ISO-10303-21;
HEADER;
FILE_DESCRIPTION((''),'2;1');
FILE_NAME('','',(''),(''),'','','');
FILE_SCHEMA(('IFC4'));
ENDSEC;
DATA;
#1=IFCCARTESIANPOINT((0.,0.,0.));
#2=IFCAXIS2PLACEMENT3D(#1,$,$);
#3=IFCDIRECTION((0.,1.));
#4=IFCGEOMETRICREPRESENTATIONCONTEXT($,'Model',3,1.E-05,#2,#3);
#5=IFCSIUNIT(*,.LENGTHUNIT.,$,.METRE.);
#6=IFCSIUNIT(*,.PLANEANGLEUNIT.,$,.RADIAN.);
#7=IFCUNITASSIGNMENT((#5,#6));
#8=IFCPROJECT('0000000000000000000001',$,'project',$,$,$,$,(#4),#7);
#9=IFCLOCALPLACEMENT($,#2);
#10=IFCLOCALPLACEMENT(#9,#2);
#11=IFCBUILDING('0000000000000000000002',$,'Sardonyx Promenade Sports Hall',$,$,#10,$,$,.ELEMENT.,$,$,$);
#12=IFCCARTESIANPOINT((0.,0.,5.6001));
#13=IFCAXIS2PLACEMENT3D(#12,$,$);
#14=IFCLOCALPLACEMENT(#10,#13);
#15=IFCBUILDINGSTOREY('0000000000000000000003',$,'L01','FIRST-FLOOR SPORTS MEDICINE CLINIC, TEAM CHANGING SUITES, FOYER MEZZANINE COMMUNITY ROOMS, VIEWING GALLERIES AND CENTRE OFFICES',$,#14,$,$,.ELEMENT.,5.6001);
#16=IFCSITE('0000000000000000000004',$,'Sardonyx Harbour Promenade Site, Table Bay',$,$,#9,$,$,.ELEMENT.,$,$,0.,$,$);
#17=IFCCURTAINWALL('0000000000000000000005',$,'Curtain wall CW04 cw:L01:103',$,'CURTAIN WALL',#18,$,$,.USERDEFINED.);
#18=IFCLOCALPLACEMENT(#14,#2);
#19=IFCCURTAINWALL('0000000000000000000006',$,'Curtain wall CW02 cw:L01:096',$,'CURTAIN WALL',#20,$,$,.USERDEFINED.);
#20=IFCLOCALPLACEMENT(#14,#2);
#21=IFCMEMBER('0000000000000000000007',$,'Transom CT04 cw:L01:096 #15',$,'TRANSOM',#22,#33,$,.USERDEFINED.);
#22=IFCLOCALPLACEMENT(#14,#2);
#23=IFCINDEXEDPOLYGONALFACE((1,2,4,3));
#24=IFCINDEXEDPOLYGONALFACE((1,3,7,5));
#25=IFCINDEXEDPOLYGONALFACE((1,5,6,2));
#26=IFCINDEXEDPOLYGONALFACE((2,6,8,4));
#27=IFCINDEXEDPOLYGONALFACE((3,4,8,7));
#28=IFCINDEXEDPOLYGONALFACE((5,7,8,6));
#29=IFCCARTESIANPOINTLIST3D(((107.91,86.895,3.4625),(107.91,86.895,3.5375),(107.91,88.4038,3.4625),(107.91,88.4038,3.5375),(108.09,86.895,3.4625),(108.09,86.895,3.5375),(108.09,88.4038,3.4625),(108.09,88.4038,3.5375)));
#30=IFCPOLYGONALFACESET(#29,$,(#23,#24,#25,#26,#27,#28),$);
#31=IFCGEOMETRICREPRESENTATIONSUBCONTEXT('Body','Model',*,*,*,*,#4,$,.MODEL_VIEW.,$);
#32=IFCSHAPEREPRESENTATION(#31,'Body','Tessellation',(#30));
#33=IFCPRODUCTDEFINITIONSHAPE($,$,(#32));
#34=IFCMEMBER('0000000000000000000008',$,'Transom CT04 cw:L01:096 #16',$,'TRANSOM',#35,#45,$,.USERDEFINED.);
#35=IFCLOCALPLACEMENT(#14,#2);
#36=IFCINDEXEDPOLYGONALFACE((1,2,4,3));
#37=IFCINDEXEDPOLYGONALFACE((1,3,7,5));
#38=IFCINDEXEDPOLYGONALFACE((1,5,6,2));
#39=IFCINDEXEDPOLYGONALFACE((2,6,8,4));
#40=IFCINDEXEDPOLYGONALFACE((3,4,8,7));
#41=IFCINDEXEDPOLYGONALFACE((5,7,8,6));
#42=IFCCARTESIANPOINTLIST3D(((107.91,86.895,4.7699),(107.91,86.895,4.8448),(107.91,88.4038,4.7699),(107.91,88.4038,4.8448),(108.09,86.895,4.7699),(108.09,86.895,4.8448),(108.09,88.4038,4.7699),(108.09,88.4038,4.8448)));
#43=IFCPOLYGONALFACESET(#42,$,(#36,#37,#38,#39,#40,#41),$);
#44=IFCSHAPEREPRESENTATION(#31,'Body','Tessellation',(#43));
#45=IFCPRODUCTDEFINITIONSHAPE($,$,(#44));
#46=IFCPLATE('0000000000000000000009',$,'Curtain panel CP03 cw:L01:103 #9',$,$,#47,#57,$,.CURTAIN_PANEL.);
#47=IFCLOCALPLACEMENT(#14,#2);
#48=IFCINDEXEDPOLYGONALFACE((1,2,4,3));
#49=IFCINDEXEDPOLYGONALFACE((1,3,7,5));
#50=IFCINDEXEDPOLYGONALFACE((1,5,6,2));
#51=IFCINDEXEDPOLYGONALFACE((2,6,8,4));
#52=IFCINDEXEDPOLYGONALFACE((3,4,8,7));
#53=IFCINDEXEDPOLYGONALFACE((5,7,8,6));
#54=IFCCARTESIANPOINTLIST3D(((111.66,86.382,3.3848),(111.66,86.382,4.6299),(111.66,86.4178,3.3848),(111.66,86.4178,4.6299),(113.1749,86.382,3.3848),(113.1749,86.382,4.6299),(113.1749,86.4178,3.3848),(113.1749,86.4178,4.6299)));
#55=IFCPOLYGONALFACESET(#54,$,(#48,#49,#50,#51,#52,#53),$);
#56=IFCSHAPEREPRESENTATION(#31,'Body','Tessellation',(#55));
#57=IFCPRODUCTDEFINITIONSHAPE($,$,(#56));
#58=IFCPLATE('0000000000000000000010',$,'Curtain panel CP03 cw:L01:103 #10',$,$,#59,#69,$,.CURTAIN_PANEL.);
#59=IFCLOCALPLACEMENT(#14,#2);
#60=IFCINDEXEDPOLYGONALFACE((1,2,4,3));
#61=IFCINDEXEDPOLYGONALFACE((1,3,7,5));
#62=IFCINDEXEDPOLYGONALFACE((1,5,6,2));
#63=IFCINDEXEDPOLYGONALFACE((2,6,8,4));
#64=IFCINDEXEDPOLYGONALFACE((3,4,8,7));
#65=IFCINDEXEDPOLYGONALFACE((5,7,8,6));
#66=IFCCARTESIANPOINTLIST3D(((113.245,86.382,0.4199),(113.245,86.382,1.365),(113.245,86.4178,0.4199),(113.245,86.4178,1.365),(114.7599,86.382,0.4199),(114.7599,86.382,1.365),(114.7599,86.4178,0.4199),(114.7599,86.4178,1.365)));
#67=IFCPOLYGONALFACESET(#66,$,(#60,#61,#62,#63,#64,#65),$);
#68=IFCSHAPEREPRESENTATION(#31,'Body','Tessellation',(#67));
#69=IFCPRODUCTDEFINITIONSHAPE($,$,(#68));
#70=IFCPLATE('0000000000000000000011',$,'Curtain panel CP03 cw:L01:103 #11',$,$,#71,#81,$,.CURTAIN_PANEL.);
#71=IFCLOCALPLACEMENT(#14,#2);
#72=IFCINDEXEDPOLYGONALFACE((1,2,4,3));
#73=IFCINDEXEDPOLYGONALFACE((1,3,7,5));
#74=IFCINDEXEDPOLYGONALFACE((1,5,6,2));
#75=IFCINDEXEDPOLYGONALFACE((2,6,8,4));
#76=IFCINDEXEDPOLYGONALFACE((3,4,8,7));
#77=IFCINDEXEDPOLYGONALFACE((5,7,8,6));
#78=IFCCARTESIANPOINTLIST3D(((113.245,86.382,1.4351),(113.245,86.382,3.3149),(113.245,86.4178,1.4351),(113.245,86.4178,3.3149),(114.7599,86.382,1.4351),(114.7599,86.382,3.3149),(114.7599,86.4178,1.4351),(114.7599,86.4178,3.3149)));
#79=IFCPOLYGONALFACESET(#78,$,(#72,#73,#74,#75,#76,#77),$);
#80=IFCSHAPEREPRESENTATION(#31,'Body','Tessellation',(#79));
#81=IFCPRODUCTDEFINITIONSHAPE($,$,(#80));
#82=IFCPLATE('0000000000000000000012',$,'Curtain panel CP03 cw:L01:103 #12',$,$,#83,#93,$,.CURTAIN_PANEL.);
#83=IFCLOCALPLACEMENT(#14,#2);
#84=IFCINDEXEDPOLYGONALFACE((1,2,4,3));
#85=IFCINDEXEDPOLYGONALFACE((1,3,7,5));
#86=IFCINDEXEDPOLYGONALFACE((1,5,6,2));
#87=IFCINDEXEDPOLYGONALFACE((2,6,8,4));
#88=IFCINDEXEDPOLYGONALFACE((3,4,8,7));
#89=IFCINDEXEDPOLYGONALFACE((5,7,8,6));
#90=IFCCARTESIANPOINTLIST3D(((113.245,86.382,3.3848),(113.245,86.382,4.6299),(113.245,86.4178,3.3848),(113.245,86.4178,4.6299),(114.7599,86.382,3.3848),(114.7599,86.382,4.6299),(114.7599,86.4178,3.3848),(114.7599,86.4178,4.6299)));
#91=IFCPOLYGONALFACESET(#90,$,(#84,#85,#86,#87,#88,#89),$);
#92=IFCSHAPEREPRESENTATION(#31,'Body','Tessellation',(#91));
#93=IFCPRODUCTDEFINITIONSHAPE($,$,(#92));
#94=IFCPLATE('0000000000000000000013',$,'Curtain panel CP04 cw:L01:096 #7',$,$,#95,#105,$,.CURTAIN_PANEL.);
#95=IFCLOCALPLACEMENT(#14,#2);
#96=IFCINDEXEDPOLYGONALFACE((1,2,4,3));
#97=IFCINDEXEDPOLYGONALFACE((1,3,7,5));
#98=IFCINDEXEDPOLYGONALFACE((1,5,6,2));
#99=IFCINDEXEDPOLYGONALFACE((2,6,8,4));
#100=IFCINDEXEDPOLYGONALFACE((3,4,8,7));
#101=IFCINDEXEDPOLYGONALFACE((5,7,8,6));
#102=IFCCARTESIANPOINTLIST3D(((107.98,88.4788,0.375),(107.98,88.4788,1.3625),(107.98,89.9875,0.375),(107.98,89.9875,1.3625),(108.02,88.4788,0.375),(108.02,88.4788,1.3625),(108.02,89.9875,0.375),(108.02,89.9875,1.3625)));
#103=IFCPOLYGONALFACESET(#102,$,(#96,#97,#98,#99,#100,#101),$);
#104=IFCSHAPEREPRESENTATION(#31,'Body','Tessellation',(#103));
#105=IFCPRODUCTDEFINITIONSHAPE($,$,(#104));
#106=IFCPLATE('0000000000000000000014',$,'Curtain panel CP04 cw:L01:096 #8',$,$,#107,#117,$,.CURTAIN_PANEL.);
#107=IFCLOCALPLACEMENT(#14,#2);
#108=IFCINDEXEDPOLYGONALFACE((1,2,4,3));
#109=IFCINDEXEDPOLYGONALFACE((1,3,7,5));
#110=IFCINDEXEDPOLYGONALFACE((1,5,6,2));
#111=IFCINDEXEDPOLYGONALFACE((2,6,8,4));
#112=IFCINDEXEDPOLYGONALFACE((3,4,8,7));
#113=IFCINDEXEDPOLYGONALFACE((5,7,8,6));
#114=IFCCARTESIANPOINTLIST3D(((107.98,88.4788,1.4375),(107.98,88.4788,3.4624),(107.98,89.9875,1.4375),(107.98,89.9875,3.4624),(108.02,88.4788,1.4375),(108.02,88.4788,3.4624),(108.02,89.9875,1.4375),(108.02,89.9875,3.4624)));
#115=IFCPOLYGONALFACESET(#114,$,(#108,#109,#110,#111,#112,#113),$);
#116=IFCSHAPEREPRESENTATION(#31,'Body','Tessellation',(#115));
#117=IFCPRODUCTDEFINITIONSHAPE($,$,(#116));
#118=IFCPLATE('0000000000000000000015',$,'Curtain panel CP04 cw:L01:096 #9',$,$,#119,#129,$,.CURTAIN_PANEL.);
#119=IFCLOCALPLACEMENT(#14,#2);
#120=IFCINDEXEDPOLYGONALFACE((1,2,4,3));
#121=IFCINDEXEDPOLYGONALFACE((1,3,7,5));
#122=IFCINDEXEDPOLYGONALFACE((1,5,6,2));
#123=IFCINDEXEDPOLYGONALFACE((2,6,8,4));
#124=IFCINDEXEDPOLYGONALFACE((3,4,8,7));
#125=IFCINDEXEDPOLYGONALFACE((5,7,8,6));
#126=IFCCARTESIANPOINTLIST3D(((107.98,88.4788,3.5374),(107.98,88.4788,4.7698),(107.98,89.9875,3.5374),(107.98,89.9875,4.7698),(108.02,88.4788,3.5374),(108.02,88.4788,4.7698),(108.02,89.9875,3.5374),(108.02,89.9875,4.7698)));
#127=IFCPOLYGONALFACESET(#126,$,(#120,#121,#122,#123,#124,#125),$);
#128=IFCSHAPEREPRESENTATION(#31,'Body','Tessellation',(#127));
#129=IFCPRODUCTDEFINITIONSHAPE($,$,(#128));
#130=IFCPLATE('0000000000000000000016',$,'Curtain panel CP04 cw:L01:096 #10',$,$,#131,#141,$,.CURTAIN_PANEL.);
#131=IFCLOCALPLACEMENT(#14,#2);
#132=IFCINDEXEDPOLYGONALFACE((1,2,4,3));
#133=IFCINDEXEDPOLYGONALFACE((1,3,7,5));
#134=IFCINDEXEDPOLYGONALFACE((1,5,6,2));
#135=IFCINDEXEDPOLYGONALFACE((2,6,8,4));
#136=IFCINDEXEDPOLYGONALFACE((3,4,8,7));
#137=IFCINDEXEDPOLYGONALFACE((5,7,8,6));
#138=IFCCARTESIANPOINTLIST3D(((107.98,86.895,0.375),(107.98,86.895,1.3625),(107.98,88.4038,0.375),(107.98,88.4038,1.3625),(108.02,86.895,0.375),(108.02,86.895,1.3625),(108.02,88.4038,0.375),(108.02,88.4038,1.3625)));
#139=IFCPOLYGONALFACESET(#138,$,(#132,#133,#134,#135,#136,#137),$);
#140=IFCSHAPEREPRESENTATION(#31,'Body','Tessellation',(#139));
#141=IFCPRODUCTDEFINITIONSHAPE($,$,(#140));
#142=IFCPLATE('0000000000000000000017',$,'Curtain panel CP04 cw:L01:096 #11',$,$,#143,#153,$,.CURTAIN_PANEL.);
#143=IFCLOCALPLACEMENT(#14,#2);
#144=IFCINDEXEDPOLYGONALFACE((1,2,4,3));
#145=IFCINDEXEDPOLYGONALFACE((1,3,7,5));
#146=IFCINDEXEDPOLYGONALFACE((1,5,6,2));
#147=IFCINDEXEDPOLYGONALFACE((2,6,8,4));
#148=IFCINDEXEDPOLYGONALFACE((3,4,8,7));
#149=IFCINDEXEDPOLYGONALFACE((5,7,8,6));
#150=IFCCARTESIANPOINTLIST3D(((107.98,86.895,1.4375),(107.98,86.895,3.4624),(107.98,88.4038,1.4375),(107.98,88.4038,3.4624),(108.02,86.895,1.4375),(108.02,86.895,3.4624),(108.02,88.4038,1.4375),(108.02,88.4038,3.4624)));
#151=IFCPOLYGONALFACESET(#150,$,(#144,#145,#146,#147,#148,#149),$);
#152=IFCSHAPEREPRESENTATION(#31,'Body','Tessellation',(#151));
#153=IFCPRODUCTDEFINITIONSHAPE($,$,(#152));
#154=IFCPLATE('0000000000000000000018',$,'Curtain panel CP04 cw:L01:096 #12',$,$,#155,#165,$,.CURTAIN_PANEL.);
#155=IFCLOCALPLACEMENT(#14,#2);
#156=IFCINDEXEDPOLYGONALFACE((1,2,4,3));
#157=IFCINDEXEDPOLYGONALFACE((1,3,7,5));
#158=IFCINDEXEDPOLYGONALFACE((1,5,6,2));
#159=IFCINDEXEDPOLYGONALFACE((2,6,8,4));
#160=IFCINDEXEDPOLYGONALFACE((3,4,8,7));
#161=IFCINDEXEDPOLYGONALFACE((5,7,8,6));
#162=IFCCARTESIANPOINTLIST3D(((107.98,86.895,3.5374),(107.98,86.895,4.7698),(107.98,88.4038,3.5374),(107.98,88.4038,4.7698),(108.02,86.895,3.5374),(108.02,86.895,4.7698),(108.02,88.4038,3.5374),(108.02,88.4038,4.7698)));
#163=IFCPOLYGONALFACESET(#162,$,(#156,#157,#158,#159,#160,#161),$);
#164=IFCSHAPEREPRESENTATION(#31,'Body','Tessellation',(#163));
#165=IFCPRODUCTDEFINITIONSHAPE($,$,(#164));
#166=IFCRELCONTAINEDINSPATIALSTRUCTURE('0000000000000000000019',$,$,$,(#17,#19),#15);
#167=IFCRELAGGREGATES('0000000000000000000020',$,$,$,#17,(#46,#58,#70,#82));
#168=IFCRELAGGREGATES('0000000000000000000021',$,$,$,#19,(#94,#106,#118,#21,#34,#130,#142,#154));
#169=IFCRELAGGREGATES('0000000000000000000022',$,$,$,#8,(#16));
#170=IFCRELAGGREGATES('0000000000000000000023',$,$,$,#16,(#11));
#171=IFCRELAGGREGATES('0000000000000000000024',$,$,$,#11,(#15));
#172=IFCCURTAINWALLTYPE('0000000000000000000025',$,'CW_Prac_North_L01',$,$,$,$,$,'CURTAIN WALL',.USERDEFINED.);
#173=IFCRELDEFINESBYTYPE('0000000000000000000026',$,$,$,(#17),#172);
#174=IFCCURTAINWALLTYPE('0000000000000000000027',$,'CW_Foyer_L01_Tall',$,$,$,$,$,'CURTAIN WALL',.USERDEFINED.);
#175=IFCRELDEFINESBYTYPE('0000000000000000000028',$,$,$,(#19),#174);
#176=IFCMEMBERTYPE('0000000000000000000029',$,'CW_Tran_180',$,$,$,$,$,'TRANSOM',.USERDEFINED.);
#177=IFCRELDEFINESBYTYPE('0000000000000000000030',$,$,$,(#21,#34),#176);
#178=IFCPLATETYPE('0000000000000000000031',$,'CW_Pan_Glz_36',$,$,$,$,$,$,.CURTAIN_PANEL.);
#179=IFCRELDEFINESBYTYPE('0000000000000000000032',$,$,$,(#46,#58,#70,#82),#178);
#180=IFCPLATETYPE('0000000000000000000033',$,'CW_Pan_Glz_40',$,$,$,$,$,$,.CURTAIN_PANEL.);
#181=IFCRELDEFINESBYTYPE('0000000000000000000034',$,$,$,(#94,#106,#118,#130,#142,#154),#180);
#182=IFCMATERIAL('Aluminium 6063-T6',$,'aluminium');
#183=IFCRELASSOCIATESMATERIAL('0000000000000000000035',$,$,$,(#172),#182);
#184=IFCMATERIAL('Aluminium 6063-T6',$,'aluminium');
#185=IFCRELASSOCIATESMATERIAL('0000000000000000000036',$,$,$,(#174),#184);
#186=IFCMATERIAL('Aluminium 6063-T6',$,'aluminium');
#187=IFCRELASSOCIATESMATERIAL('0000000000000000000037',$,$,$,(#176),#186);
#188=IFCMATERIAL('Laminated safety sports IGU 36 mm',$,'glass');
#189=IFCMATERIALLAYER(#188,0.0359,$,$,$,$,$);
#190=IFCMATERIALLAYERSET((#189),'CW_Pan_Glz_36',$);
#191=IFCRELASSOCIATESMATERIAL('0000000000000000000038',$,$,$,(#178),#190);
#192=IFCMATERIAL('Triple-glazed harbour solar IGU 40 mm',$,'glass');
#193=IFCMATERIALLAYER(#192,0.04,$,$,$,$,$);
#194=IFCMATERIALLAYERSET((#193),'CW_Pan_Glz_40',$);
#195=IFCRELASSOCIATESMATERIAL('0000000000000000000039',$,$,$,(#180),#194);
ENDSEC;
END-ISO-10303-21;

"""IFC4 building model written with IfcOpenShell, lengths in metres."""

from ifc_helpers import new_model, si_unit, direction, frame, origin, origin_2d, place, context, subcontext, project, spatial, rectangle, extrude, material, layer, layer_set, material_profile, profile_set, type_object, element, aggregate, save


model = new_model("IFC4")

# Units and contexts
model_context = context("Model", 3, precision=1e-05, world=origin(), true_north=direction((0.0, 1.0)))
body_context = subcontext(model_context, "Body", "Model", "MODEL_VIEW")
ifc_project = project(units=[si_unit("LENGTHUNIT", "METRE"), si_unit("PLANEANGLEUNIT", "RADIAN")], contexts=[model_context])

# Site, building, storey
site_placement = place(None, origin())
site = spatial("IfcSite", under=ifc_project, at=site_placement, Name="Sardonyx Harbour Promenade Site, Table Bay", CompositionType="ELEMENT", RefElevation=0.0)
building_placement = place(site_placement, origin())
building = spatial("IfcBuilding", under=site, at=building_placement, Name="Sardonyx Promenade Sports Hall", CompositionType="ELEMENT")
storey_placement = place(building_placement, frame((0.0, 0.0, 5.6001)))
storey = spatial("IfcBuildingStorey", under=building, at=storey_placement, Name="L01", Description="FIRST-FLOOR SPORTS MEDICINE CLINIC, TEAM CHANGING SUITES, FOYER MEZZANINE COMMUNITY ROOMS, VIEWING GALLERIES AND CENTRE OFFICES", CompositionType="ELEMENT", Elevation=5.6001)

# Curtain walls
ifc_material_1 = material(Name="Aluminium 6063-T6", Category="aluminium")
curtain_wall_type_1 = type_object("IfcCurtainWallType", Name="CW_Prac_North_L01", ElementType="CURTAIN WALL", PredefinedType="USERDEFINED", material=ifc_material_1)
curtain_wall_1_placement = place(storey_placement, origin())
curtain_wall_1 = element("IfcCurtainWall", 1, at=curtain_wall_1_placement, inside=storey, type_object=curtain_wall_type_1, Name="Curtain wall CW04 cw:L01:103", ObjectType="CURTAIN WALL", PredefinedType="USERDEFINED")
ifc_material_2 = material(Name="Aluminium 6063-T6", Category="aluminium")
curtain_wall_type_2 = type_object("IfcCurtainWallType", Name="CW_Foyer_L01_Tall", ElementType="CURTAIN WALL", PredefinedType="USERDEFINED", material=ifc_material_2)
curtain_wall_2_placement = place(storey_placement, origin())
curtain_wall_2 = element("IfcCurtainWall", 2, at=curtain_wall_2_placement, inside=storey, type_object=curtain_wall_type_2, Name="Curtain wall CW02 cw:L01:096", ObjectType="CURTAIN WALL", PredefinedType="USERDEFINED")

# Members
ifc_material_3 = material(Name="Aluminium 6063-T6", Category="aluminium")
ifc_material_profile_1 = material_profile(ifc_material_3, rectangle(XDim=0.075, YDim=0.1799, at=origin_2d()))
ifc_profile_set_1 = profile_set([ifc_material_profile_1], Name="Aluminium 6063-T6")
member_type_1 = type_object("IfcMemberType", Name="CW_Tran_180", ElementType="TRANSOM", PredefinedType="USERDEFINED", material=ifc_profile_set_1)
member_1_placement = place(storey_placement, frame((108.0, 88.4038, 3.5), z_axis=(0.0, -1.0, 0.0), x_axis=(0.0, 0.0, 1.0)))
member_1 = element("IfcMember", 3, at=member_1_placement, type_object=member_type_1, Name="Transom CT04 cw:L01:096 #15", ObjectType="TRANSOM", PredefinedType="USERDEFINED", context=body_context, shape_type="SweptSolid", body=[
    extrude(rectangle(XDim=0.075, YDim=0.1799, at=origin_2d()), origin(), (0.0, 0.0, 1.0), 1.5088),
])
member_2_placement = place(storey_placement, frame((108.0, 88.4038, 4.8074), z_axis=(0.0, -1.0, 0.0), x_axis=(0.0, 0.0, 1.0)))
member_2 = element("IfcMember", 4, at=member_2_placement, type_object=member_type_1, Name="Transom CT04 cw:L01:096 #16", ObjectType="TRANSOM", PredefinedType="USERDEFINED", context=body_context, shape_type="SweptSolid", body=[
    extrude(rectangle(XDim=0.075, YDim=0.1799, at=origin_2d()), origin(), (0.0, 0.0, 1.0), 1.5088),
])

# Plates
ifc_material_4 = material(Name="Laminated safety sports IGU 36 mm", Category="glass")
ifc_layer_1 = layer(ifc_material_4, 0.0359)
ifc_layer_set_1 = layer_set([ifc_layer_1], Name="CW_Pan_Glz_36")
plate_type_1 = type_object("IfcPlateType", Name="CW_Pan_Glz_36", PredefinedType="CURTAIN_PANEL", material=ifc_layer_set_1)
plate_1_placement = place(storey_placement, frame((112.4175, 86.3999, 3.3848), z_axis=(0.0, 0.0, 1.0), x_axis=(1.0, 0.0, 0.0)))
plate_1 = element("IfcPlate", 5, at=plate_1_placement, type_object=plate_type_1, Name="Curtain panel CP03 cw:L01:103 #9", PredefinedType="CURTAIN_PANEL", context=body_context, shape_type="SweptSolid", body=[
    extrude(rectangle(XDim=1.5149, YDim=0.0359, at=origin_2d()), origin(), (0.0, 0.0, 1.0), 1.2451),
])
plate_2_placement = place(storey_placement, frame((114.0024, 86.3999, 0.4199), z_axis=(0.0, 0.0, 1.0), x_axis=(1.0, 0.0, 0.0)))
plate_2 = element("IfcPlate", 6, at=plate_2_placement, type_object=plate_type_1, Name="Curtain panel CP03 cw:L01:103 #10", PredefinedType="CURTAIN_PANEL", context=body_context, shape_type="SweptSolid", body=[
    extrude(rectangle(XDim=1.5149, YDim=0.0359, at=origin_2d()), origin(), (0.0, 0.0, 1.0), 0.9451),
])
plate_3_placement = place(storey_placement, frame((114.0024, 86.3999, 1.4351), z_axis=(0.0, 0.0, 1.0), x_axis=(1.0, 0.0, 0.0)))
plate_3 = element("IfcPlate", 7, at=plate_3_placement, type_object=plate_type_1, Name="Curtain panel CP03 cw:L01:103 #11", PredefinedType="CURTAIN_PANEL", context=body_context, shape_type="SweptSolid", body=[
    extrude(rectangle(XDim=1.5149, YDim=0.0359, at=origin_2d()), origin(), (0.0, 0.0, 1.0), 1.8799),
])
plate_4_placement = place(storey_placement, frame((114.0024, 86.3999, 3.3848), z_axis=(0.0, 0.0, 1.0), x_axis=(1.0, 0.0, 0.0)))
plate_4 = element("IfcPlate", 8, at=plate_4_placement, type_object=plate_type_1, Name="Curtain panel CP03 cw:L01:103 #12", PredefinedType="CURTAIN_PANEL", context=body_context, shape_type="SweptSolid", body=[
    extrude(rectangle(XDim=1.5149, YDim=0.0359, at=origin_2d()), origin(), (0.0, 0.0, 1.0), 1.2451),
])
aggregate(curtain_wall_1, [plate_1, plate_2, plate_3, plate_4])
ifc_material_5 = material(Name="Triple-glazed harbour solar IGU 40 mm", Category="glass")
ifc_layer_2 = layer(ifc_material_5, 0.04)
ifc_layer_set_2 = layer_set([ifc_layer_2], Name="CW_Pan_Glz_40")
plate_type_2 = type_object("IfcPlateType", Name="CW_Pan_Glz_40", PredefinedType="CURTAIN_PANEL", material=ifc_layer_set_2)
plate_5_placement = place(storey_placement, frame((108.0, 89.2332, 0.375), z_axis=(0.0, 0.0, 1.0), x_axis=(0.0, -1.0, 0.0)))
plate_5 = element("IfcPlate", 9, at=plate_5_placement, type_object=plate_type_2, Name="Curtain panel CP04 cw:L01:096 #7", PredefinedType="CURTAIN_PANEL", context=body_context, shape_type="SweptSolid", body=[
    extrude(rectangle(XDim=1.5088, YDim=0.04, at=origin_2d()), origin(), (0.0, 0.0, 1.0), 0.9875),
])
plate_6_placement = place(storey_placement, frame((108.0, 89.2332, 1.4375), z_axis=(0.0, 0.0, 1.0), x_axis=(0.0, -1.0, 0.0)))
plate_6 = element("IfcPlate", 10, at=plate_6_placement, type_object=plate_type_2, Name="Curtain panel CP04 cw:L01:096 #8", PredefinedType="CURTAIN_PANEL", context=body_context, shape_type="SweptSolid", body=[
    extrude(rectangle(XDim=1.5088, YDim=0.04, at=origin_2d()), origin(), (0.0, 0.0, 1.0), 2.0249),
])
plate_7_placement = place(storey_placement, frame((108.0, 89.2332, 3.5374), z_axis=(0.0, 0.0, 1.0), x_axis=(0.0, -1.0, 0.0)))
plate_7 = element("IfcPlate", 11, at=plate_7_placement, type_object=plate_type_2, Name="Curtain panel CP04 cw:L01:096 #9", PredefinedType="CURTAIN_PANEL", context=body_context, shape_type="SweptSolid", body=[
    extrude(rectangle(XDim=1.5088, YDim=0.04, at=origin_2d()), origin(), (0.0, 0.0, 1.0), 1.2324),
])
plate_8_placement = place(storey_placement, frame((108.0, 87.6494, 0.375), z_axis=(0.0, 0.0, 1.0), x_axis=(0.0, -1.0, 0.0)))
plate_8 = element("IfcPlate", 12, at=plate_8_placement, type_object=plate_type_2, Name="Curtain panel CP04 cw:L01:096 #10", PredefinedType="CURTAIN_PANEL", context=body_context, shape_type="SweptSolid", body=[
    extrude(rectangle(XDim=1.5088, YDim=0.04, at=origin_2d()), origin(), (0.0, 0.0, 1.0), 0.9875),
])
plate_9_placement = place(storey_placement, frame((108.0, 87.6494, 1.4375), z_axis=(0.0, 0.0, 1.0), x_axis=(0.0, -1.0, 0.0)))
plate_9 = element("IfcPlate", 13, at=plate_9_placement, type_object=plate_type_2, Name="Curtain panel CP04 cw:L01:096 #11", PredefinedType="CURTAIN_PANEL", context=body_context, shape_type="SweptSolid", body=[
    extrude(rectangle(XDim=1.5088, YDim=0.04, at=origin_2d()), origin(), (0.0, 0.0, 1.0), 2.0249),
])
plate_10_placement = place(storey_placement, frame((108.0, 87.6494, 3.5374), z_axis=(0.0, 0.0, 1.0), x_axis=(0.0, -1.0, 0.0)))
plate_10 = element("IfcPlate", 14, at=plate_10_placement, type_object=plate_type_2, Name="Curtain panel CP04 cw:L01:096 #12", PredefinedType="CURTAIN_PANEL", context=body_context, shape_type="SweptSolid", body=[
    extrude(rectangle(XDim=1.5088, YDim=0.04, at=origin_2d()), origin(), (0.0, 0.0, 1.0), 1.2324),
])
aggregate(curtain_wall_2, [plate_5, plate_6, plate_7, member_1, member_2, plate_8, plate_9, plate_10])

save(model, "model.ifc")
